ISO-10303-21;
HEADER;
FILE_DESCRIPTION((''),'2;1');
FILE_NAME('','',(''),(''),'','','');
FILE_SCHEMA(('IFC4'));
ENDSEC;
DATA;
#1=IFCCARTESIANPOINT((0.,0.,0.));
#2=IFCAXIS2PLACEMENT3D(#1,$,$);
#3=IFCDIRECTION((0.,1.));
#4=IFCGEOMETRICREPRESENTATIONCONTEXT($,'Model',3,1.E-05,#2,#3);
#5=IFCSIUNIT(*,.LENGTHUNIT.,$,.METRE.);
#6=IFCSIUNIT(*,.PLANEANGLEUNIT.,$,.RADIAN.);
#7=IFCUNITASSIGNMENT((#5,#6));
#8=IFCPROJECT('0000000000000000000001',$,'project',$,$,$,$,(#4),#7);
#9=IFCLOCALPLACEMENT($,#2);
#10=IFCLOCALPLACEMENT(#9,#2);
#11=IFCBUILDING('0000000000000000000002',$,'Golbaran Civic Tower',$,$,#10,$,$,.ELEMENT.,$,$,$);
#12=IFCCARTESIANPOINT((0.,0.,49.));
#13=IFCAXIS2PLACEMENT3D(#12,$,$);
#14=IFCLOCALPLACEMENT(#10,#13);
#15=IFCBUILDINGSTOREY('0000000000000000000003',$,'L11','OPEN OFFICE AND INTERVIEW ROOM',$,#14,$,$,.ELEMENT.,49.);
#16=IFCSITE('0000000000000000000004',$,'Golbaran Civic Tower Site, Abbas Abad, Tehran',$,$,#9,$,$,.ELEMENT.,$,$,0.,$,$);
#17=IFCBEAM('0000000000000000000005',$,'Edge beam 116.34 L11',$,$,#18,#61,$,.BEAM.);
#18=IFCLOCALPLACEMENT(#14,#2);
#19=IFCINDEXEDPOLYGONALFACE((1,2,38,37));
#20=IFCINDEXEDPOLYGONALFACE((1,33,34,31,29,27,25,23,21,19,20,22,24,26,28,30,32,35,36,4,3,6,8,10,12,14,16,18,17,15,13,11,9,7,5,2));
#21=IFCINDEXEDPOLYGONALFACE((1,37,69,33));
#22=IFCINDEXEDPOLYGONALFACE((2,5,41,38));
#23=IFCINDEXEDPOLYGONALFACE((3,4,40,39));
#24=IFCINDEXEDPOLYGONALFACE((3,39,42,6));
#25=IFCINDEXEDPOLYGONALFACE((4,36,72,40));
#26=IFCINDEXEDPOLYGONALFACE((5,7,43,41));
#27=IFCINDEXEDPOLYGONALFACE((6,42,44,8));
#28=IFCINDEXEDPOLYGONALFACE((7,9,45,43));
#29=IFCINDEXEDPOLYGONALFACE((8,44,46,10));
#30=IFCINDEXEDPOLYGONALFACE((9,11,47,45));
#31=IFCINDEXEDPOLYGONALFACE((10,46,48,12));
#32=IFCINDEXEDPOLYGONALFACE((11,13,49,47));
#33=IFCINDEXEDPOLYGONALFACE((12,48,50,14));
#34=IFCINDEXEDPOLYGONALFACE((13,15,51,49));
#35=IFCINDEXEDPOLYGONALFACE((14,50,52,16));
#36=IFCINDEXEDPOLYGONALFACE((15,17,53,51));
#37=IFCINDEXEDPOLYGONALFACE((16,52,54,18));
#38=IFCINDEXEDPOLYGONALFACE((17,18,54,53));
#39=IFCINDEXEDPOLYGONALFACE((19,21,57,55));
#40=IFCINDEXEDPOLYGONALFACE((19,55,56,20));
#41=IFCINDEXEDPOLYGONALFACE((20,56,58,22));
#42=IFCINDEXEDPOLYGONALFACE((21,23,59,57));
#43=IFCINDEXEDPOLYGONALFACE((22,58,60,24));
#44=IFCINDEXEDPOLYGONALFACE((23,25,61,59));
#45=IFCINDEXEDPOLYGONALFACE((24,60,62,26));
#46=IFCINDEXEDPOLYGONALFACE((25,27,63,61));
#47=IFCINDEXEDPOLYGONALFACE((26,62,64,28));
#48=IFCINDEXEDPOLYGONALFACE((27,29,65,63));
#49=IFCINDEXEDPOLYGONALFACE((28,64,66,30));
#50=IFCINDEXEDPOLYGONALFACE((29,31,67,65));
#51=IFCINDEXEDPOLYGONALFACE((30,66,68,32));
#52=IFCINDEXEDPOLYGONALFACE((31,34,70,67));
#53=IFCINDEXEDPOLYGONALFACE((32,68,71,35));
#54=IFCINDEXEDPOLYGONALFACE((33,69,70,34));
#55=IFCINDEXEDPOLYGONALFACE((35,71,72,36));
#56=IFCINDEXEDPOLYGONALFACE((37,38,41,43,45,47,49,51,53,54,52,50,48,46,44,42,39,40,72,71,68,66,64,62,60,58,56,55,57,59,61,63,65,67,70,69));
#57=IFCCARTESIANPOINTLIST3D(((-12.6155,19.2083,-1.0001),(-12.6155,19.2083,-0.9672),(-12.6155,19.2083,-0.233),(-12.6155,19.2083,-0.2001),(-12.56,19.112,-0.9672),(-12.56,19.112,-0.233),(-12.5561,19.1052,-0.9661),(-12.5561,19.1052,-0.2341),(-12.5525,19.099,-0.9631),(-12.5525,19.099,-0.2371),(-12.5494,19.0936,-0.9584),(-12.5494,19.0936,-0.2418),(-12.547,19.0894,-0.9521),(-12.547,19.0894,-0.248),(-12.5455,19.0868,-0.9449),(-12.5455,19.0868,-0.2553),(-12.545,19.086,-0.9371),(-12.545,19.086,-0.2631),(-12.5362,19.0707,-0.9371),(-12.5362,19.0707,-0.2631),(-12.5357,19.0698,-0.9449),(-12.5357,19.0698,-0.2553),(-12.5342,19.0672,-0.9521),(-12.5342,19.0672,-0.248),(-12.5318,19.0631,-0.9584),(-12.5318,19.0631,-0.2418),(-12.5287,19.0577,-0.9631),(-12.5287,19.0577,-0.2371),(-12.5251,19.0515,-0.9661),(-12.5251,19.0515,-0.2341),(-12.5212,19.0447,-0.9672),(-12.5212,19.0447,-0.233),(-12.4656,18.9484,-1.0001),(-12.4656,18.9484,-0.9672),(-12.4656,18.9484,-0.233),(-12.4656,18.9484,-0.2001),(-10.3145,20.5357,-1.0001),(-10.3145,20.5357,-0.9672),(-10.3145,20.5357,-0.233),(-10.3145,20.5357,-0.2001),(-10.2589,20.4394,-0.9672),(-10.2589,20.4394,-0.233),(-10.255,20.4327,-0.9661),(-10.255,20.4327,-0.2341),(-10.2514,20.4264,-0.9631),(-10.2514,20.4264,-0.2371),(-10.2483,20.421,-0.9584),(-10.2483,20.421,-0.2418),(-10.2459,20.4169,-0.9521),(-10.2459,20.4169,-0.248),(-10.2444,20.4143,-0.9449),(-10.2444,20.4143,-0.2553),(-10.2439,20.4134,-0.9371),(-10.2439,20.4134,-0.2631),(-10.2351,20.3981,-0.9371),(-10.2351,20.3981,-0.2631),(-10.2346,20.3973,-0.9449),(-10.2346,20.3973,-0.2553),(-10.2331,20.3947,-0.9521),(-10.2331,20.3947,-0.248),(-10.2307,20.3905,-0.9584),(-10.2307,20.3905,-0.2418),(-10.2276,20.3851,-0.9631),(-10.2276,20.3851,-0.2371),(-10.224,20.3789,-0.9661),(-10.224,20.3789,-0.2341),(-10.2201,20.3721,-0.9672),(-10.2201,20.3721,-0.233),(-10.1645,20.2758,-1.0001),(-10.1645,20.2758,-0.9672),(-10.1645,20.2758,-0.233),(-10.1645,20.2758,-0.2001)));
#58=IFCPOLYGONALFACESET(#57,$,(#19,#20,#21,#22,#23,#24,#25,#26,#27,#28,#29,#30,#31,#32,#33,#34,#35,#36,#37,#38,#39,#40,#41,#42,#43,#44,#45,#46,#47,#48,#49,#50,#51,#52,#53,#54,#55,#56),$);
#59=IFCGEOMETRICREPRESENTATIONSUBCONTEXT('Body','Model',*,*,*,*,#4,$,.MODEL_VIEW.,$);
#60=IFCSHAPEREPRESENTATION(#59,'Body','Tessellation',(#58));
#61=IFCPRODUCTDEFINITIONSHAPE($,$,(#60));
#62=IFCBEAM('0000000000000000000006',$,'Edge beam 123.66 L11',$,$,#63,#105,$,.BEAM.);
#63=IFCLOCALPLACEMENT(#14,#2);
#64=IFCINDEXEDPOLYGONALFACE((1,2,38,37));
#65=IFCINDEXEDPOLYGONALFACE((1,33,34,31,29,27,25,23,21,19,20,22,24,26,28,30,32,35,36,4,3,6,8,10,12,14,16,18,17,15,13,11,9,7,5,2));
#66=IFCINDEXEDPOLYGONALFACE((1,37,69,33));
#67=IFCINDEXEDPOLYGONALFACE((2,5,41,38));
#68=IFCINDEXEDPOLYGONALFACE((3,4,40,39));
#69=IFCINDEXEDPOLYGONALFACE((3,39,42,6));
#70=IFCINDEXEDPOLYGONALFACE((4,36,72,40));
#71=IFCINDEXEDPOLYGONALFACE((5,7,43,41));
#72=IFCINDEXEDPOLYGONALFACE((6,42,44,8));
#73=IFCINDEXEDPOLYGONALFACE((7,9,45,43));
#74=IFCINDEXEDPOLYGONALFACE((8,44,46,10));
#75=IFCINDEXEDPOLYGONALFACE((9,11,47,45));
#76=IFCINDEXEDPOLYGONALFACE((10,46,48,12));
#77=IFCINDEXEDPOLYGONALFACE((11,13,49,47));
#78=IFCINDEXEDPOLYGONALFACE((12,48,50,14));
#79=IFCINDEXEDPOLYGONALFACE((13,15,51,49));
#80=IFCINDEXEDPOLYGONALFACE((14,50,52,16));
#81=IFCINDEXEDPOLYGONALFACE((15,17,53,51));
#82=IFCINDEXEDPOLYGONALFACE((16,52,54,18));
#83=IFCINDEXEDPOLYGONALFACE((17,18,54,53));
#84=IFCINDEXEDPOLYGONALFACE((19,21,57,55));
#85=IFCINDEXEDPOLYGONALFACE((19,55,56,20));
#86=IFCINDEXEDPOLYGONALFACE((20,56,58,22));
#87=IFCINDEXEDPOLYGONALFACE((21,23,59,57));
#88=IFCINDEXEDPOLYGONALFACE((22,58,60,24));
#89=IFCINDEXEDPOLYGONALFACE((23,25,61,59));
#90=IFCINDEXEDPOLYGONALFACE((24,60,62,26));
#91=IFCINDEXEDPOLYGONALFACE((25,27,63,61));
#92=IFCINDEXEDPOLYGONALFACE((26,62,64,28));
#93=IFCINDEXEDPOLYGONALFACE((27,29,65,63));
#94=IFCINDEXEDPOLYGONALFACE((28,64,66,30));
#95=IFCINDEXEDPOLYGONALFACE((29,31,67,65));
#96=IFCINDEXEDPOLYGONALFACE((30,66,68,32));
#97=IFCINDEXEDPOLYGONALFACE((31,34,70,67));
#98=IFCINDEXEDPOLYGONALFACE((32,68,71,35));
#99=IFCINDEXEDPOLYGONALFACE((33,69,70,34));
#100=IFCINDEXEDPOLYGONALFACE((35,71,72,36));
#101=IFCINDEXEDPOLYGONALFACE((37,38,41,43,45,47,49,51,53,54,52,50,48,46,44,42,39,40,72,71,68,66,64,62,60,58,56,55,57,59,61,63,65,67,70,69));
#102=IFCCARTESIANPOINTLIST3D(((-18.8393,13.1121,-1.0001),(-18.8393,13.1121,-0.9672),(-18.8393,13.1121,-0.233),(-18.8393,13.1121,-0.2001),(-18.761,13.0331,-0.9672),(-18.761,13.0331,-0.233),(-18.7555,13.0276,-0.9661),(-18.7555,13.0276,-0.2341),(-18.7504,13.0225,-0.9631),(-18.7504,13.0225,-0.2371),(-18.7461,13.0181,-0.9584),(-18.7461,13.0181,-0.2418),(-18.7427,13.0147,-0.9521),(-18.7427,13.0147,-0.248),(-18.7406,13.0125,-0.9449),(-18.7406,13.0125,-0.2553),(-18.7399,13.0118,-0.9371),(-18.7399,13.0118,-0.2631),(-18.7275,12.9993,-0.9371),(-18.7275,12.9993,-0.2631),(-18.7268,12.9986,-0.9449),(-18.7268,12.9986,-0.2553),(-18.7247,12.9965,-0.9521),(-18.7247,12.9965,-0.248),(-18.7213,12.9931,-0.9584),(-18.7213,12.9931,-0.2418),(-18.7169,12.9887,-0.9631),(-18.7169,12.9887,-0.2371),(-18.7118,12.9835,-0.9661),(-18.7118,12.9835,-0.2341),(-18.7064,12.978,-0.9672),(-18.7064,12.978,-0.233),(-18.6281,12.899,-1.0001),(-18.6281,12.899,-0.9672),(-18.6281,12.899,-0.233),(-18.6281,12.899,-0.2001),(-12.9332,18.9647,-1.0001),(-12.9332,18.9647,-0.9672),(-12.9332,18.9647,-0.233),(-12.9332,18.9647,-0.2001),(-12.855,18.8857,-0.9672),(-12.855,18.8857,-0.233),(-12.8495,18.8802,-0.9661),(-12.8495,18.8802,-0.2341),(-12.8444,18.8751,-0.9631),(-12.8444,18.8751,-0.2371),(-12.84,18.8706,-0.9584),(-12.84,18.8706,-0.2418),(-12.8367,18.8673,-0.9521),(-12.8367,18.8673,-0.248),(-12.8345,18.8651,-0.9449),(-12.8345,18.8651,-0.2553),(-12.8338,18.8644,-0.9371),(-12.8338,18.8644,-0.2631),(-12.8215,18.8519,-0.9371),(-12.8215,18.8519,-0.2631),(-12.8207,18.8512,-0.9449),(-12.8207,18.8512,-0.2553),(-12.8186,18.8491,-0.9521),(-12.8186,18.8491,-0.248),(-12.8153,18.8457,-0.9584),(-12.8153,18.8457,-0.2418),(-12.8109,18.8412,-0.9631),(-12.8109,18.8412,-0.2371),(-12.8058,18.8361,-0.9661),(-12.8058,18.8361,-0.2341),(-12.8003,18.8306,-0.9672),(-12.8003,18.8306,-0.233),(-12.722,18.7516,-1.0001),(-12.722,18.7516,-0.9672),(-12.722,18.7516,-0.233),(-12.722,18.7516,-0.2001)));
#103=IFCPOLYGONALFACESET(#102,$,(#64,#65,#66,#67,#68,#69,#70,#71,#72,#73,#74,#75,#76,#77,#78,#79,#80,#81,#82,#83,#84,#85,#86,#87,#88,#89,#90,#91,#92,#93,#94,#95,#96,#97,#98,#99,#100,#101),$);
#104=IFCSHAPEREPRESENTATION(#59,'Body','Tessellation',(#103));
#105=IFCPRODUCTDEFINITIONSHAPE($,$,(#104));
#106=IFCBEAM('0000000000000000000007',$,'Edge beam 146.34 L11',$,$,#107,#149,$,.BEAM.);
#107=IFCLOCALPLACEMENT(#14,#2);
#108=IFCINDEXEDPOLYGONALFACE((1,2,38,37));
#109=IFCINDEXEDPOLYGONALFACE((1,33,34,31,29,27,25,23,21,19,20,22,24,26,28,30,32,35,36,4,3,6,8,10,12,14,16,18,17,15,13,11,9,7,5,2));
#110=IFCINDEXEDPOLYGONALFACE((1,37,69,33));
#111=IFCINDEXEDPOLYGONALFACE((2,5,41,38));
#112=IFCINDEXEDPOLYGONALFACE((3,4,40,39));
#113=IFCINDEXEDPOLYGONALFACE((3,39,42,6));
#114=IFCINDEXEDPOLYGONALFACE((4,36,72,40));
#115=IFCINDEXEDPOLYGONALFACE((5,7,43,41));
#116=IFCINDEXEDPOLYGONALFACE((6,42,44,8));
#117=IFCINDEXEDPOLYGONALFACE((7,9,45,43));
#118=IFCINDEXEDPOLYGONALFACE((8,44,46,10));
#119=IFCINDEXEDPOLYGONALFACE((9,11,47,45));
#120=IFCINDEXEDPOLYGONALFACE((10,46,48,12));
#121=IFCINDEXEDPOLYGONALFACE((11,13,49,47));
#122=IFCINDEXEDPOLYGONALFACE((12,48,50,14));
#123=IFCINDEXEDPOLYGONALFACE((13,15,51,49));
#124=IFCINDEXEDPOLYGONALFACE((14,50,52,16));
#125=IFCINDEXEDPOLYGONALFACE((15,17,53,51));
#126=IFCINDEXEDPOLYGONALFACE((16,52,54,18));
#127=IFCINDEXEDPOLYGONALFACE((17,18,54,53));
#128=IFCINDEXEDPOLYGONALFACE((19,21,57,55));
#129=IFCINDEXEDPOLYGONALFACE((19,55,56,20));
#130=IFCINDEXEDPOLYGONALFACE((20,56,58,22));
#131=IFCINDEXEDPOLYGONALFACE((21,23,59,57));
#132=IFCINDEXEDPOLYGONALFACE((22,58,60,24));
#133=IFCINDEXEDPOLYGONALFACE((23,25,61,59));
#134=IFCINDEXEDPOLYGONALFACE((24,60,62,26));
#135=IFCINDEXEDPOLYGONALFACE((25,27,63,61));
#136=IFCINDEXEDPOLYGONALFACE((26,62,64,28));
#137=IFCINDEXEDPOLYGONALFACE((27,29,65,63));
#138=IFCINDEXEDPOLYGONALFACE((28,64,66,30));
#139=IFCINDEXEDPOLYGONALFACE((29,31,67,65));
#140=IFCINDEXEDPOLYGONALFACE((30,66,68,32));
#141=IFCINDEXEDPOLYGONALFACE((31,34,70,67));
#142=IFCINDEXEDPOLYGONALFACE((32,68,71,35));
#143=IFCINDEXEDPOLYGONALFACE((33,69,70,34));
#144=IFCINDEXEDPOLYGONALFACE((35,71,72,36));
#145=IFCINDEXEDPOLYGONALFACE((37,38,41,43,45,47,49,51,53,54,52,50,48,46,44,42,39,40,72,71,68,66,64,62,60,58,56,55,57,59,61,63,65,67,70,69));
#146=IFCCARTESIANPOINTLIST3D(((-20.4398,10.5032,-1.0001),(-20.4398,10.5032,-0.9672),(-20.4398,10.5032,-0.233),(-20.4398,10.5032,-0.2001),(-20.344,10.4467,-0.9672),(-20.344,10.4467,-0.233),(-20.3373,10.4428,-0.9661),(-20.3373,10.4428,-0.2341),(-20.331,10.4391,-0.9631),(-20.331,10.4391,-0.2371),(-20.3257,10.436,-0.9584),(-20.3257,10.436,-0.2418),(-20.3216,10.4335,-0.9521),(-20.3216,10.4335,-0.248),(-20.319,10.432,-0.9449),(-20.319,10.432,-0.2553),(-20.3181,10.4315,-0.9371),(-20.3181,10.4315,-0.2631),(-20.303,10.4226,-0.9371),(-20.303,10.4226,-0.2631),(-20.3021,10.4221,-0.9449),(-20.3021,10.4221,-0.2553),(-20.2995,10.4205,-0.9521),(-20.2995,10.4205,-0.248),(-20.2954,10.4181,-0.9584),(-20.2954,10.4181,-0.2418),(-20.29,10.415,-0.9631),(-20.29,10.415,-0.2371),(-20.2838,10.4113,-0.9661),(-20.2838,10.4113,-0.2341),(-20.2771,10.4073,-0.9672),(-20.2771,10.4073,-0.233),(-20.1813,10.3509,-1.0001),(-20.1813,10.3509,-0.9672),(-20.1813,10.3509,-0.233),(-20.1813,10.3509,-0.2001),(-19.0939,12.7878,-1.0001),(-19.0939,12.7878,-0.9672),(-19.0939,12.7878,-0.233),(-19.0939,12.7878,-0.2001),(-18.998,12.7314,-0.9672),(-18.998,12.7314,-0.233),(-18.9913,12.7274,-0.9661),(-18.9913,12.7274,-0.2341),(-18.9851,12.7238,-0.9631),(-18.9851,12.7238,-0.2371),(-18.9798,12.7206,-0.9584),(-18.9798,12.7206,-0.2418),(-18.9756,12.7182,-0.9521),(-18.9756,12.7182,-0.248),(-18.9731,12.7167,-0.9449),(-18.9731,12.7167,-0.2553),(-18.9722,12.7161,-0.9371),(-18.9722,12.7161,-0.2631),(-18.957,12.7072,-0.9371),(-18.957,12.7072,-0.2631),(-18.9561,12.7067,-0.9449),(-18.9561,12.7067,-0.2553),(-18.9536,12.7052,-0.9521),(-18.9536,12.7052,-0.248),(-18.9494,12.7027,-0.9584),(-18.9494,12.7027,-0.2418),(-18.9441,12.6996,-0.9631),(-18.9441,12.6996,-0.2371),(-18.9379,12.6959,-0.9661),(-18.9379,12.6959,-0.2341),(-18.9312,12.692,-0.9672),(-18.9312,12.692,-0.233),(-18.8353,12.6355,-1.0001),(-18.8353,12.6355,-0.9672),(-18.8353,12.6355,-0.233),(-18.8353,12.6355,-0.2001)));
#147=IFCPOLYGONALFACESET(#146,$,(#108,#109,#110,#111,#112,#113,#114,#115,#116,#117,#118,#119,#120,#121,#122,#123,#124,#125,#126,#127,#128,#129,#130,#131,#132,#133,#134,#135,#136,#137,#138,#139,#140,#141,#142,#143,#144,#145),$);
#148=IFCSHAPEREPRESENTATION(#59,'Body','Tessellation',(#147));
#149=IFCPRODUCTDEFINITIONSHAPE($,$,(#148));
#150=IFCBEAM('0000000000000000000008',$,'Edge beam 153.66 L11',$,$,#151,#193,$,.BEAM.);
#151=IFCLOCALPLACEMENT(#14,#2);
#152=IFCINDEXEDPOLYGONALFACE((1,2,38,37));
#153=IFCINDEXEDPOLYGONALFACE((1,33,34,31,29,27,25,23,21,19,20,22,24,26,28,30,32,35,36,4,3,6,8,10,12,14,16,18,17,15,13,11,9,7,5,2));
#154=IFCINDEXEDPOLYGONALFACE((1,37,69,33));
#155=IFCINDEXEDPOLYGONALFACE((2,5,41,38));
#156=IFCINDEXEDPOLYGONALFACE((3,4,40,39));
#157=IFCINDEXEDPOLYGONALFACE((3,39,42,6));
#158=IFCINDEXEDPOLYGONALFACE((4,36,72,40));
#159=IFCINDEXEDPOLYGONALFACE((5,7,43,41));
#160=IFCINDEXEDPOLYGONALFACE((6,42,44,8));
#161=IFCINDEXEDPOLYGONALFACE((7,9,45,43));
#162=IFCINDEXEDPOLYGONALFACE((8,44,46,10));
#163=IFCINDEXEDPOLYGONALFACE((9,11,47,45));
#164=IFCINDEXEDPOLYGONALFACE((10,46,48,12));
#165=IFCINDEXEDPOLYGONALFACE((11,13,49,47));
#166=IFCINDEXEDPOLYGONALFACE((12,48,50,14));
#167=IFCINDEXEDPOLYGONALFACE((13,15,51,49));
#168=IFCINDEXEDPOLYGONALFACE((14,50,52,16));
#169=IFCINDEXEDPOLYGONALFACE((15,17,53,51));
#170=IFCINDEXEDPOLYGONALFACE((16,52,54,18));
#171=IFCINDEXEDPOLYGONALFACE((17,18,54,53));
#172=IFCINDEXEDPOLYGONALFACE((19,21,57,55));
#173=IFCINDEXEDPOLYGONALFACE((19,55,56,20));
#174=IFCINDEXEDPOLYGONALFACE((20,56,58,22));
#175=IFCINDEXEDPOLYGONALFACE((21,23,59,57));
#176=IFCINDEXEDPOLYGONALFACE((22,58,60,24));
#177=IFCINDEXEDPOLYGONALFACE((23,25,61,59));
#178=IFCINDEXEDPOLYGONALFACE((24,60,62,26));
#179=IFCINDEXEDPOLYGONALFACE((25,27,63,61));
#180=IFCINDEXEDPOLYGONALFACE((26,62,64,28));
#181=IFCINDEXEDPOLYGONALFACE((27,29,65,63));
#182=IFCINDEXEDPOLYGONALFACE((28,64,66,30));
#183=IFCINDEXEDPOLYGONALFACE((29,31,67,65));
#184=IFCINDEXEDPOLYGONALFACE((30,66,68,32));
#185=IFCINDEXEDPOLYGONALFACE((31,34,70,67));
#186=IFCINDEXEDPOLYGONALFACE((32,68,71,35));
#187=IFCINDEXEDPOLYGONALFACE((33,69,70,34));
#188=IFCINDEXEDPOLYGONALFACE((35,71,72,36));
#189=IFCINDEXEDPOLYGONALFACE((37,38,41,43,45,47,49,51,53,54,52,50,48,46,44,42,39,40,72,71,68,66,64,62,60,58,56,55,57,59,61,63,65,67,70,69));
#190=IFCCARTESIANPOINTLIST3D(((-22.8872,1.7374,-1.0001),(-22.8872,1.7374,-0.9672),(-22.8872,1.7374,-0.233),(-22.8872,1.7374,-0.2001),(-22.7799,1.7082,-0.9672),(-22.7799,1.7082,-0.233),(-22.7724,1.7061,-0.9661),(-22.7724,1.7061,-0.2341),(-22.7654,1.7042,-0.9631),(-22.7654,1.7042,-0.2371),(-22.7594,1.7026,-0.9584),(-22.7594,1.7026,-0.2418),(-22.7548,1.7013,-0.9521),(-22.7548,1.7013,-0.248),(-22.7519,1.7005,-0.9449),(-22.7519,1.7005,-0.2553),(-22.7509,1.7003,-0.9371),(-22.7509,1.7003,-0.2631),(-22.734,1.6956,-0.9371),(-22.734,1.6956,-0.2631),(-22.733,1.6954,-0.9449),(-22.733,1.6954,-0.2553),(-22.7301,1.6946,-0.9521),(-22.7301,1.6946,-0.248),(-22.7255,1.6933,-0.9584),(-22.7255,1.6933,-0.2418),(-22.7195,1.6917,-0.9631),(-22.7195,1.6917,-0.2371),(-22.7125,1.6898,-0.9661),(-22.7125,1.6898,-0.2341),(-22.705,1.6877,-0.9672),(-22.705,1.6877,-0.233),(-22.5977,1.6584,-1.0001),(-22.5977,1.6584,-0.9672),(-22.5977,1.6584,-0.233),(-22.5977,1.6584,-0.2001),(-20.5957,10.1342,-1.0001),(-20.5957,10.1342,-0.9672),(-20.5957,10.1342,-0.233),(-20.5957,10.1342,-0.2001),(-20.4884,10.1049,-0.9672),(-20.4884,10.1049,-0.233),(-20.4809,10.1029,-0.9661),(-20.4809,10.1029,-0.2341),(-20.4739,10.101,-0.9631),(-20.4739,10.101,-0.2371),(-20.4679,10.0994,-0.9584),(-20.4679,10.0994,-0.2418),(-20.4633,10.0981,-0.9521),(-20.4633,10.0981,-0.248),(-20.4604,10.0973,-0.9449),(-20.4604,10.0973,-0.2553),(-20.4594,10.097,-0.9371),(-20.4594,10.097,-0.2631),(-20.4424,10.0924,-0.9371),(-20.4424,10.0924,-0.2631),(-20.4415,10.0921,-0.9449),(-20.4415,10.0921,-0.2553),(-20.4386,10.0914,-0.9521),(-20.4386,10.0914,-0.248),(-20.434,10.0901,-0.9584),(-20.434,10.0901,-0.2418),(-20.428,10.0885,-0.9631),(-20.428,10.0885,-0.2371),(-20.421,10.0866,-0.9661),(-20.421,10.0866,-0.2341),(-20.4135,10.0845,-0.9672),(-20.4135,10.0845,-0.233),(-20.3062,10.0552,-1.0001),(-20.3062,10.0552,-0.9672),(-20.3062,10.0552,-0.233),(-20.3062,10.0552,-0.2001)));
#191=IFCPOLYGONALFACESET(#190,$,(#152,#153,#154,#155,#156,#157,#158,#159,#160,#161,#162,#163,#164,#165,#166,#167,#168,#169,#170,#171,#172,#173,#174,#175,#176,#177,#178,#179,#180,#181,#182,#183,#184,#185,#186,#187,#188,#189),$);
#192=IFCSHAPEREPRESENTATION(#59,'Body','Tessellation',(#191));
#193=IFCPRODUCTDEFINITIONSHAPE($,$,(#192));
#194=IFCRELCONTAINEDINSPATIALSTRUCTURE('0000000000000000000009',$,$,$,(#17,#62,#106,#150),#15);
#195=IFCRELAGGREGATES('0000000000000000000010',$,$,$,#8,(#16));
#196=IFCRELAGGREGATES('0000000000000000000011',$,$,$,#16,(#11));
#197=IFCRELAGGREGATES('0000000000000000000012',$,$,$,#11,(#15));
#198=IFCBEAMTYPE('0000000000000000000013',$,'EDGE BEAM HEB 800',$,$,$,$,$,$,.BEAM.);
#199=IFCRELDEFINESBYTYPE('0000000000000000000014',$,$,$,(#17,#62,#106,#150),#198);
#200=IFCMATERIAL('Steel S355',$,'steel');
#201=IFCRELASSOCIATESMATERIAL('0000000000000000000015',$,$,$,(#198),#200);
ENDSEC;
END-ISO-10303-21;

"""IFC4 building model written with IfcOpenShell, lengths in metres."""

from ifc_helpers import new_model, si_unit, direction, frame, origin, origin_2d, place, context, subcontext, project, spatial, i_section, extrude, material, material_profile, profile_set, type_object, element, save


model = new_model("IFC4")

# Units and contexts
model_context = context("Model", 3, precision=1e-05, world=origin(), true_north=direction((0.0, 1.0)))
body_context = subcontext(model_context, "Body", "Model", "MODEL_VIEW")
ifc_project = project(units=[si_unit("LENGTHUNIT", "METRE"), si_unit("PLANEANGLEUNIT", "RADIAN")], contexts=[model_context])

# Site, building, storey
site_placement = place(None, origin())
site = spatial("IfcSite", under=ifc_project, at=site_placement, Name="Golbaran Civic Tower Site, Abbas Abad, Tehran", CompositionType="ELEMENT", RefElevation=0.0)
building_placement = place(site_placement, origin())
building = spatial("IfcBuilding", under=site, at=building_placement, Name="Golbaran Civic Tower", CompositionType="ELEMENT")
storey_placement = place(building_placement, frame((0.0, 0.0, 49.0)))
storey = spatial("IfcBuildingStorey", under=building, at=storey_placement, Name="L11", Description="OPEN OFFICE AND INTERVIEW ROOM", CompositionType="ELEMENT", Elevation=49.0)

# Beams
ifc_material_1 = material(Name="Steel S355", Category="steel")
ifc_material_profile_1 = material_profile(ifc_material_1, i_section(OverallWidth=0.3, OverallDepth=0.8, WebThickness=0.0176, FlangeThickness=0.033, FilletRadius=0.03, at=origin_2d()), Name="HEB 800")
ifc_profile_set_1 = profile_set([ifc_material_profile_1], Name="Steel S355")
beam_type_1 = type_object("IfcBeamType", Name="EDGE BEAM HEB 800", PredefinedType="BEAM", material=ifc_profile_set_1)
beam_1_placement = place(storey_placement, frame((-10.2395, 20.4058, -0.6001), z_axis=(-0.866205, -0.499688, 0.0), x_axis=(0.499688, -0.866205, 0.0)))
element("IfcBeam", 1, at=beam_1_placement, inside=storey, type_object=beam_type_1, Name="Edge beam 116.34 L11", PredefinedType="BEAM", context=body_context, shape_type="SweptSolid", body=[
    extrude(i_section(OverallWidth=0.3, OverallDepth=0.8, WebThickness=0.0176, FlangeThickness=0.033, FilletRadius=0.03, at=origin_2d()), origin(), (0.0, 0.0, 1.0), 2.6565),
])
beam_2_placement = place(storey_placement, frame((-12.8276, 18.8582, -0.6001), z_axis=(-0.710315, -0.703884, 0.0), x_axis=(0.703884, -0.710315, 0.0)))
element("IfcBeam", 2, at=beam_2_placement, inside=storey, type_object=beam_type_1, Name="Edge beam 123.66 L11", PredefinedType="BEAM", context=body_context, shape_type="SweptSolid", body=[
    extrude(i_section(OverallWidth=0.3, OverallDepth=0.8, WebThickness=0.0176, FlangeThickness=0.033, FilletRadius=0.03, at=origin_2d()), origin(), (0.0, 0.0, 1.0), 8.3147),
])
beam_3_placement = place(storey_placement, frame((-18.9646, 12.7117, -0.6001), z_axis=(-0.507587, -0.8616, 0.0), x_axis=(0.8616, -0.507587, 0.0)))
element("IfcBeam", 3, at=beam_3_placement, inside=storey, type_object=beam_type_1, Name="Edge beam 146.34 L11", PredefinedType="BEAM", context=body_context, shape_type="SweptSolid", body=[
    extrude(i_section(OverallWidth=0.3, OverallDepth=0.8, WebThickness=0.0176, FlangeThickness=0.033, FilletRadius=0.03, at=origin_2d()), origin(), (0.0, 0.0, 1.0), 2.6516),
])
beam_4_placement = place(storey_placement, frame((-20.4509, 10.0947, -0.6001), z_axis=(-0.263276, -0.96472, 0.0), x_axis=(0.96472, -0.263276, 0.0)))
element("IfcBeam", 4, at=beam_4_placement, inside=storey, type_object=beam_type_1, Name="Edge beam 153.66 L11", PredefinedType="BEAM", context=body_context, shape_type="SweptSolid", body=[
    extrude(i_section(OverallWidth=0.3, OverallDepth=0.8, WebThickness=0.0176, FlangeThickness=0.033, FilletRadius=0.03, at=origin_2d()), origin(), (0.0, 0.0, 1.0), 8.7039),
])

save(model, "model.ifc")
